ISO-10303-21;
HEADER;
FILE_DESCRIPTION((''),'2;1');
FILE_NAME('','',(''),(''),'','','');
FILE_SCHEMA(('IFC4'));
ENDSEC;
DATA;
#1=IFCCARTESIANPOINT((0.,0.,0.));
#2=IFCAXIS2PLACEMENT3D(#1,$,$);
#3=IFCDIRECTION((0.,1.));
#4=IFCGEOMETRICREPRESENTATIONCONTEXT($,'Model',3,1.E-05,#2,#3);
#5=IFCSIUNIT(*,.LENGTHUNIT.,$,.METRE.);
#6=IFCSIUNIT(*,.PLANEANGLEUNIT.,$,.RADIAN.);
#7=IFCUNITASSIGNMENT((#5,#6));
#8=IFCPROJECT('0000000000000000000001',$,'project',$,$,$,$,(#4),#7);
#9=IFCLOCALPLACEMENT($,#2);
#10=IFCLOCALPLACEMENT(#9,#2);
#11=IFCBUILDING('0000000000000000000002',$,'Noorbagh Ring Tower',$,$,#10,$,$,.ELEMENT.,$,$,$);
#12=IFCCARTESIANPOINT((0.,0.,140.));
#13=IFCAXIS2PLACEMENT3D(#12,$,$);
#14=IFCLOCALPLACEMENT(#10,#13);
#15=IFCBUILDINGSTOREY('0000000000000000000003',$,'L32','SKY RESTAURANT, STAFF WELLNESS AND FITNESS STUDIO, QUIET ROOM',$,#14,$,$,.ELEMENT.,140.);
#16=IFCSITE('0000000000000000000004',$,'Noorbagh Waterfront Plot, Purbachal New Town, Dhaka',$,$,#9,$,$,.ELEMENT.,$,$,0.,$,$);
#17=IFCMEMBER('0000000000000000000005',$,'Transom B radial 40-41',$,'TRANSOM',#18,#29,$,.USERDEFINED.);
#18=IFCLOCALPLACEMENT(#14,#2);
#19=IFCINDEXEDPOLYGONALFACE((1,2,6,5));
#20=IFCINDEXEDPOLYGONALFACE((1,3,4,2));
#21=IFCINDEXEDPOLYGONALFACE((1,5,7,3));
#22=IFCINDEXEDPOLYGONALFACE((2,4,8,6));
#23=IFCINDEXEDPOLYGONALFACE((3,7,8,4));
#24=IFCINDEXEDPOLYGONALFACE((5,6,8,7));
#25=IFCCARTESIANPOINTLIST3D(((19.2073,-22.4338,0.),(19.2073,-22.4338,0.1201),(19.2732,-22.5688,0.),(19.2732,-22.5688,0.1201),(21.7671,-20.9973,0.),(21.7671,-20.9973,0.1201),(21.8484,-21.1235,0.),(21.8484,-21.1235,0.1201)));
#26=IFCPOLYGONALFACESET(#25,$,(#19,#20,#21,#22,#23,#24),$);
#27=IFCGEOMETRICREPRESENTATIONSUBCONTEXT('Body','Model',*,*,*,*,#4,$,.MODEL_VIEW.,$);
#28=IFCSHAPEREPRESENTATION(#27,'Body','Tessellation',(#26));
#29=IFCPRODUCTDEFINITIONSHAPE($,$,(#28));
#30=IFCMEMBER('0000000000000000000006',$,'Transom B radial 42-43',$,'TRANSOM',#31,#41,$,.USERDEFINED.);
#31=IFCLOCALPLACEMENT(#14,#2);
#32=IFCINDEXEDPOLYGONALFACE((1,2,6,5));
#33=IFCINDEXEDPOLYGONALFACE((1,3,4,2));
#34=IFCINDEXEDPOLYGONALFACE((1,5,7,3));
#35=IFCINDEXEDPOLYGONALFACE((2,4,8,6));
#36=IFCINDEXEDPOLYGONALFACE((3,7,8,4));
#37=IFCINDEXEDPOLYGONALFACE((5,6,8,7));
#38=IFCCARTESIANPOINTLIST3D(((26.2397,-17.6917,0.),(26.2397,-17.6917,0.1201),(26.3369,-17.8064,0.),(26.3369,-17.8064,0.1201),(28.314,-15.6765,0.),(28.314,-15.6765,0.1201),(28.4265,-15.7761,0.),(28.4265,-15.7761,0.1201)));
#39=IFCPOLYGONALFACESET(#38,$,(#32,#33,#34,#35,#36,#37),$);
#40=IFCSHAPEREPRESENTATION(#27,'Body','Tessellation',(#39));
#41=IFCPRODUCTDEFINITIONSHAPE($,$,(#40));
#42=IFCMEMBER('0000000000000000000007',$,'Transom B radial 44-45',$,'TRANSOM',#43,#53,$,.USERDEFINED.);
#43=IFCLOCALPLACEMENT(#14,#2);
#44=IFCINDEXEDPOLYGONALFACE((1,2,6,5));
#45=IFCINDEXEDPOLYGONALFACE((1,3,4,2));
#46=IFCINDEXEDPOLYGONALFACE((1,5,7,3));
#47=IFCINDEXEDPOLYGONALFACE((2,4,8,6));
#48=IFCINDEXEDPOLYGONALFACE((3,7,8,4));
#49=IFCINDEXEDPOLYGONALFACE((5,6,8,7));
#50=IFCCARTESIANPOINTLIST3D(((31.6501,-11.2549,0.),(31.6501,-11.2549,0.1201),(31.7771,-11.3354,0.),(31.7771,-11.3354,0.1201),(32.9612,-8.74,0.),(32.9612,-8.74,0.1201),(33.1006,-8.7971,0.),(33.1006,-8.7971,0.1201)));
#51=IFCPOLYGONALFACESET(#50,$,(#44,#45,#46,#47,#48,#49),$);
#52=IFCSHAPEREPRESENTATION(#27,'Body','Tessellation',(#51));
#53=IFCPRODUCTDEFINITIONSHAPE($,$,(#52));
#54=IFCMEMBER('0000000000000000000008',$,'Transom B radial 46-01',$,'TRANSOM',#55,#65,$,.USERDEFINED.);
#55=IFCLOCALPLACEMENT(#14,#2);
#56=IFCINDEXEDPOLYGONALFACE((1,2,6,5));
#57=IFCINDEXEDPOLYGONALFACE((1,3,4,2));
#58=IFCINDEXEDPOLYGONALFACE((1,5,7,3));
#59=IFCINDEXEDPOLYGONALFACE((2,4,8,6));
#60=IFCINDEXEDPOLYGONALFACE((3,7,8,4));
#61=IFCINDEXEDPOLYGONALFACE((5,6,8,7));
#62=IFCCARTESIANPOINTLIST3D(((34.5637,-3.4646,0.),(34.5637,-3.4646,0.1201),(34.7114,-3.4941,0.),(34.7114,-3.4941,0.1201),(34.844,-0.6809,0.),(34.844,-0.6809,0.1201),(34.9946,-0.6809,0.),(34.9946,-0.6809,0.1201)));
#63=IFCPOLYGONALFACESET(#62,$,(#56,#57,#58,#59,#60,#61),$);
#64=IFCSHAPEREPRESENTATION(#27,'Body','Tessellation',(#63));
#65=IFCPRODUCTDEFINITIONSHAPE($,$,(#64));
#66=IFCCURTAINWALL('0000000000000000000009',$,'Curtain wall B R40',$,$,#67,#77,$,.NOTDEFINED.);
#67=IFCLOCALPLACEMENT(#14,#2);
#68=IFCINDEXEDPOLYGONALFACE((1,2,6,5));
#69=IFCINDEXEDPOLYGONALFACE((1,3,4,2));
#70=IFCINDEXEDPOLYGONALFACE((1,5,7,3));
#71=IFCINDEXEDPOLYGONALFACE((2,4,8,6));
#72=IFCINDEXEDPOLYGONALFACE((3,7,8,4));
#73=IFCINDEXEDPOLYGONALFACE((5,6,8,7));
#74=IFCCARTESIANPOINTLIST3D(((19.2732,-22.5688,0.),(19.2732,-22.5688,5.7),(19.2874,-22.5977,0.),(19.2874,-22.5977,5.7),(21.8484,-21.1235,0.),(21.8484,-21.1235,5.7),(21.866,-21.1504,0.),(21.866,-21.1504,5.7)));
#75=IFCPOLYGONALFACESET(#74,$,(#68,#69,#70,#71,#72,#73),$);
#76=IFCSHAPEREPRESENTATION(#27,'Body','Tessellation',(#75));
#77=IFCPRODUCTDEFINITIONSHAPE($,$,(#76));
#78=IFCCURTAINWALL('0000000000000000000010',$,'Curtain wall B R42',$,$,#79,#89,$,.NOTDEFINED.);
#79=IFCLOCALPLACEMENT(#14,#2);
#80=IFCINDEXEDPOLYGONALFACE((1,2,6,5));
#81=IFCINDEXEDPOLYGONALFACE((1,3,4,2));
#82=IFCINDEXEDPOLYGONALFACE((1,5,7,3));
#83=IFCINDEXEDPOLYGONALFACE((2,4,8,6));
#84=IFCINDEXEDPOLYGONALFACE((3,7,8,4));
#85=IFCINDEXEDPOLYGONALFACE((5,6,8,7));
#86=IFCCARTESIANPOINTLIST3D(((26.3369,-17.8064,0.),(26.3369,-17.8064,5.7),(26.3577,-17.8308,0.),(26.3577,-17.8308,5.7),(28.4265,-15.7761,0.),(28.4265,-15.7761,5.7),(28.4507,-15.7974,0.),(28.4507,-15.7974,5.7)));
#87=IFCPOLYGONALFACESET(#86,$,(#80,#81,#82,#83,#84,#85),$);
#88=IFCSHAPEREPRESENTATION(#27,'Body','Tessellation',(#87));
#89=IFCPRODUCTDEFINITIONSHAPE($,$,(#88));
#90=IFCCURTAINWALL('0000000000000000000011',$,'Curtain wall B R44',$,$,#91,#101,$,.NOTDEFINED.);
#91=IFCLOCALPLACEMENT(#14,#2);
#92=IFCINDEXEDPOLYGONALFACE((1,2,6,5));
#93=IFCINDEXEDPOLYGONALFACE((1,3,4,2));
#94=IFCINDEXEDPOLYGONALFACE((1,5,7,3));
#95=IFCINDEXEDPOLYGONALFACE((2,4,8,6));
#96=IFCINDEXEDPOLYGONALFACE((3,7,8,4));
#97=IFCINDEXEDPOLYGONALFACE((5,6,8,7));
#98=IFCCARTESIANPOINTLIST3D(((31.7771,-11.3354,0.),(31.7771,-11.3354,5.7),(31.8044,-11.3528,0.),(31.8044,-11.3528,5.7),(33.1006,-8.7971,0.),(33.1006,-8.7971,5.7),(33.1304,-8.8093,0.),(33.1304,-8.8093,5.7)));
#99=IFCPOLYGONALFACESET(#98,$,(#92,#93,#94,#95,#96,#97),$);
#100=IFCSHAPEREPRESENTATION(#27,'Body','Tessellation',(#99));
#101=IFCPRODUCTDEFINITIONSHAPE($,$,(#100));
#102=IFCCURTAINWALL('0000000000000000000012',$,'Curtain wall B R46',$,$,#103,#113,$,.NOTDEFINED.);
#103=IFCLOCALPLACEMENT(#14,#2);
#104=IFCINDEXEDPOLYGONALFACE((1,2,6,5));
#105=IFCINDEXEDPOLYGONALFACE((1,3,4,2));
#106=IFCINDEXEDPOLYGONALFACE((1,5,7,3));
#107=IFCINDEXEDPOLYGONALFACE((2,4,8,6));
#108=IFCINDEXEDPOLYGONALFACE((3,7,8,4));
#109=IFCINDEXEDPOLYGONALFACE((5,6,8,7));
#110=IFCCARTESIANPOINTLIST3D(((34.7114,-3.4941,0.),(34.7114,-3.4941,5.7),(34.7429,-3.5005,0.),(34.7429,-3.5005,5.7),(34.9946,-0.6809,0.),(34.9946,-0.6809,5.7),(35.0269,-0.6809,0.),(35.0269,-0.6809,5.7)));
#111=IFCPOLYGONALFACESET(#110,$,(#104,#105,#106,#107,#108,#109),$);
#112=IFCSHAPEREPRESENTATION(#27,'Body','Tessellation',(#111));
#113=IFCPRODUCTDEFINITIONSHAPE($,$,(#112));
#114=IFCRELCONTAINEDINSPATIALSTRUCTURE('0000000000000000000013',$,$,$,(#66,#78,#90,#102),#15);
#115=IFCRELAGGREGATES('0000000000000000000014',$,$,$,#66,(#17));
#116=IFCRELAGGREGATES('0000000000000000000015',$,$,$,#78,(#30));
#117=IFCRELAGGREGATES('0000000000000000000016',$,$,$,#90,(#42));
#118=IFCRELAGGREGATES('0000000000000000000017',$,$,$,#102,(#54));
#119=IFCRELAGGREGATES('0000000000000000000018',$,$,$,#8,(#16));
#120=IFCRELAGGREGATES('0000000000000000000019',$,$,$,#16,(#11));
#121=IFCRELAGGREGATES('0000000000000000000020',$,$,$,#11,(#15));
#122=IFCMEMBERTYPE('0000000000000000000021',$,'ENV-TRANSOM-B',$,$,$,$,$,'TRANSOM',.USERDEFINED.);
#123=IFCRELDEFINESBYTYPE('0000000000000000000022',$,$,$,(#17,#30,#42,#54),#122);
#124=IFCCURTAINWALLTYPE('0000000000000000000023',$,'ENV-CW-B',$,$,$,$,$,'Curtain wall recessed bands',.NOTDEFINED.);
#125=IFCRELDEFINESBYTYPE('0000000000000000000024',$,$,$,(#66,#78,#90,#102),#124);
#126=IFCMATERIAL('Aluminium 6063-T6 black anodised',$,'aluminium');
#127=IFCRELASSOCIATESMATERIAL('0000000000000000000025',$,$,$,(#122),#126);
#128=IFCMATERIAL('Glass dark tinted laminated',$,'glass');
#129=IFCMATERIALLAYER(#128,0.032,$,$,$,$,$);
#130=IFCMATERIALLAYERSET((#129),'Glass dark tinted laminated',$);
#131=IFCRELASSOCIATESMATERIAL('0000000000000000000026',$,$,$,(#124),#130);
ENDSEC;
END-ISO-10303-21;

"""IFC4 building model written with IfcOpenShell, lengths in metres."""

from ifc_helpers import new_model, si_unit, direction, frame, origin, place, context, subcontext, project, spatial, polyline, outline, extrude, material, layer, layer_set, type_object, element, aggregate, save


model = new_model("IFC4")

# Units and contexts
model_context = context("Model", 3, precision=1e-05, world=origin(), true_north=direction((0.0, 1.0)))
body_context = subcontext(model_context, "Body", "Model", "MODEL_VIEW")
ifc_project = project(units=[si_unit("LENGTHUNIT", "METRE"), si_unit("PLANEANGLEUNIT", "RADIAN")], contexts=[model_context])

# Members
site_placement = place(None, origin())
building_placement = place(site_placement, origin())
storey_placement = place(building_placement, frame((0.0, 0.0, 140.0)))
ifc_material_1 = material(Name="Aluminium 6063-T6 black anodised", Category="aluminium")
member_type_1 = type_object("IfcMemberType", Name="ENV-TRANSOM-B", ElementType="TRANSOM", PredefinedType="USERDEFINED", material=ifc_material_1)
member_1_placement = place(storey_placement, origin())
member_1 = element("IfcMember", 1, at=member_1_placement, type_object=member_type_1, Name="Transom B radial 40-41", ObjectType="TRANSOM", PredefinedType="USERDEFINED", context=body_context, shape_type="SweptSolid", body=[
    extrude(outline(polyline([(19.2732, -22.5688), (21.8484, -21.1235), (21.7671, -20.9973), (19.2073, -22.4338), (19.2732, -22.5688)])), origin(), (0.0, 0.0, 1.0), 0.1201),
])
member_2_placement = place(storey_placement, origin())
member_2 = element("IfcMember", 2, at=member_2_placement, type_object=member_type_1, Name="Transom B radial 42-43", ObjectType="TRANSOM", PredefinedType="USERDEFINED", context=body_context, shape_type="SweptSolid", body=[
    extrude(outline(polyline([(26.3369, -17.8064), (28.4265, -15.7761), (28.314, -15.6765), (26.2397, -17.6917), (26.3369, -17.8064)])), origin(), (0.0, 0.0, 1.0), 0.1201),
])
member_3_placement = place(storey_placement, origin())
member_3 = element("IfcMember", 3, at=member_3_placement, type_object=member_type_1, Name="Transom B radial 44-45", ObjectType="TRANSOM", PredefinedType="USERDEFINED", context=body_context, shape_type="SweptSolid", body=[
    extrude(outline(polyline([(31.7771, -11.3354), (33.1006, -8.7971), (32.9612, -8.74), (31.6501, -11.2549), (31.7771, -11.3354)])), origin(), (0.0, 0.0, 1.0), 0.1201),
])
member_4_placement = place(storey_placement, origin())
member_4 = element("IfcMember", 4, at=member_4_placement, type_object=member_type_1, Name="Transom B radial 46-01", ObjectType="TRANSOM", PredefinedType="USERDEFINED", context=body_context, shape_type="SweptSolid", body=[
    extrude(outline(polyline([(34.7114, -3.4941), (34.9946, -0.6809), (34.844, -0.6809), (34.5637, -3.4646), (34.7114, -3.4941)])), origin(), (0.0, 0.0, 1.0), 0.1201),
])

# Site, building, storey
site = spatial("IfcSite", under=ifc_project, at=site_placement, Name="Noorbagh Waterfront Plot, Purbachal New Town, Dhaka", CompositionType="ELEMENT", RefElevation=0.0)
building = spatial("IfcBuilding", under=site, at=building_placement, Name="Noorbagh Ring Tower", CompositionType="ELEMENT")
storey = spatial("IfcBuildingStorey", under=building, at=storey_placement, Name="L32", Description="SKY RESTAURANT, STAFF WELLNESS AND FITNESS STUDIO, QUIET ROOM", CompositionType="ELEMENT", Elevation=140.0)

# Curtain walls
ifc_material_2 = material(Name="Glass dark tinted laminated", Category="glass")
ifc_layer_1 = layer(ifc_material_2, 0.032)
ifc_layer_set_1 = layer_set([ifc_layer_1], Name="Glass dark tinted laminated")
curtain_wall_type_1 = type_object("IfcCurtainWallType", Name="ENV-CW-B", ElementType="Curtain wall recessed bands", PredefinedType="NOTDEFINED", material=ifc_layer_set_1)
curtain_wall_1_placement = place(storey_placement, origin())
curtain_wall_1 = element("IfcCurtainWall", 5, at=curtain_wall_1_placement, inside=storey, type_object=curtain_wall_type_1, Name="Curtain wall B R40", PredefinedType="NOTDEFINED", context=body_context, shape_type="SweptSolid", body=[
    extrude(outline(polyline([(19.2874, -22.5977), (21.866, -21.1504), (21.8484, -21.1235), (19.2732, -22.5688), (19.2874, -22.5977)])), origin(), (0.0, 0.0, 1.0), 5.7),
])
aggregate(curtain_wall_1, [member_1])
curtain_wall_2_placement = place(storey_placement, origin())
curtain_wall_2 = element("IfcCurtainWall", 6, at=curtain_wall_2_placement, inside=storey, type_object=curtain_wall_type_1, Name="Curtain wall B R42", PredefinedType="NOTDEFINED", context=body_context, shape_type="SweptSolid", body=[
    extrude(outline(polyline([(26.3577, -17.8308), (28.4507, -15.7974), (28.4265, -15.7761), (26.3369, -17.8064), (26.3577, -17.8308)])), origin(), (0.0, 0.0, 1.0), 5.7),
])
aggregate(curtain_wall_2, [member_2])
curtain_wall_3_placement = place(storey_placement, origin())
curtain_wall_3 = element("IfcCurtainWall", 7, at=curtain_wall_3_placement, inside=storey, type_object=curtain_wall_type_1, Name="Curtain wall B R44", PredefinedType="NOTDEFINED", context=body_context, shape_type="SweptSolid", body=[
    extrude(outline(polyline([(31.8044, -11.3528), (33.1304, -8.8093), (33.1006, -8.7971), (31.7771, -11.3354), (31.8044, -11.3528)])), origin(), (0.0, 0.0, 1.0), 5.7),
])
aggregate(curtain_wall_3, [member_3])
curtain_wall_4_placement = place(storey_placement, origin())
curtain_wall_4 = element("IfcCurtainWall", 8, at=curtain_wall_4_placement, inside=storey, type_object=curtain_wall_type_1, Name="Curtain wall B R46", PredefinedType="NOTDEFINED", context=body_context, shape_type="SweptSolid", body=[
    extrude(outline(polyline([(34.7429, -3.5005), (35.0269, -0.6809), (34.9946, -0.6809), (34.7114, -3.4941), (34.7429, -3.5005)])), origin(), (0.0, 0.0, 1.0), 5.7),
])
aggregate(curtain_wall_4, [member_4])

save(model, "model.ifc")
